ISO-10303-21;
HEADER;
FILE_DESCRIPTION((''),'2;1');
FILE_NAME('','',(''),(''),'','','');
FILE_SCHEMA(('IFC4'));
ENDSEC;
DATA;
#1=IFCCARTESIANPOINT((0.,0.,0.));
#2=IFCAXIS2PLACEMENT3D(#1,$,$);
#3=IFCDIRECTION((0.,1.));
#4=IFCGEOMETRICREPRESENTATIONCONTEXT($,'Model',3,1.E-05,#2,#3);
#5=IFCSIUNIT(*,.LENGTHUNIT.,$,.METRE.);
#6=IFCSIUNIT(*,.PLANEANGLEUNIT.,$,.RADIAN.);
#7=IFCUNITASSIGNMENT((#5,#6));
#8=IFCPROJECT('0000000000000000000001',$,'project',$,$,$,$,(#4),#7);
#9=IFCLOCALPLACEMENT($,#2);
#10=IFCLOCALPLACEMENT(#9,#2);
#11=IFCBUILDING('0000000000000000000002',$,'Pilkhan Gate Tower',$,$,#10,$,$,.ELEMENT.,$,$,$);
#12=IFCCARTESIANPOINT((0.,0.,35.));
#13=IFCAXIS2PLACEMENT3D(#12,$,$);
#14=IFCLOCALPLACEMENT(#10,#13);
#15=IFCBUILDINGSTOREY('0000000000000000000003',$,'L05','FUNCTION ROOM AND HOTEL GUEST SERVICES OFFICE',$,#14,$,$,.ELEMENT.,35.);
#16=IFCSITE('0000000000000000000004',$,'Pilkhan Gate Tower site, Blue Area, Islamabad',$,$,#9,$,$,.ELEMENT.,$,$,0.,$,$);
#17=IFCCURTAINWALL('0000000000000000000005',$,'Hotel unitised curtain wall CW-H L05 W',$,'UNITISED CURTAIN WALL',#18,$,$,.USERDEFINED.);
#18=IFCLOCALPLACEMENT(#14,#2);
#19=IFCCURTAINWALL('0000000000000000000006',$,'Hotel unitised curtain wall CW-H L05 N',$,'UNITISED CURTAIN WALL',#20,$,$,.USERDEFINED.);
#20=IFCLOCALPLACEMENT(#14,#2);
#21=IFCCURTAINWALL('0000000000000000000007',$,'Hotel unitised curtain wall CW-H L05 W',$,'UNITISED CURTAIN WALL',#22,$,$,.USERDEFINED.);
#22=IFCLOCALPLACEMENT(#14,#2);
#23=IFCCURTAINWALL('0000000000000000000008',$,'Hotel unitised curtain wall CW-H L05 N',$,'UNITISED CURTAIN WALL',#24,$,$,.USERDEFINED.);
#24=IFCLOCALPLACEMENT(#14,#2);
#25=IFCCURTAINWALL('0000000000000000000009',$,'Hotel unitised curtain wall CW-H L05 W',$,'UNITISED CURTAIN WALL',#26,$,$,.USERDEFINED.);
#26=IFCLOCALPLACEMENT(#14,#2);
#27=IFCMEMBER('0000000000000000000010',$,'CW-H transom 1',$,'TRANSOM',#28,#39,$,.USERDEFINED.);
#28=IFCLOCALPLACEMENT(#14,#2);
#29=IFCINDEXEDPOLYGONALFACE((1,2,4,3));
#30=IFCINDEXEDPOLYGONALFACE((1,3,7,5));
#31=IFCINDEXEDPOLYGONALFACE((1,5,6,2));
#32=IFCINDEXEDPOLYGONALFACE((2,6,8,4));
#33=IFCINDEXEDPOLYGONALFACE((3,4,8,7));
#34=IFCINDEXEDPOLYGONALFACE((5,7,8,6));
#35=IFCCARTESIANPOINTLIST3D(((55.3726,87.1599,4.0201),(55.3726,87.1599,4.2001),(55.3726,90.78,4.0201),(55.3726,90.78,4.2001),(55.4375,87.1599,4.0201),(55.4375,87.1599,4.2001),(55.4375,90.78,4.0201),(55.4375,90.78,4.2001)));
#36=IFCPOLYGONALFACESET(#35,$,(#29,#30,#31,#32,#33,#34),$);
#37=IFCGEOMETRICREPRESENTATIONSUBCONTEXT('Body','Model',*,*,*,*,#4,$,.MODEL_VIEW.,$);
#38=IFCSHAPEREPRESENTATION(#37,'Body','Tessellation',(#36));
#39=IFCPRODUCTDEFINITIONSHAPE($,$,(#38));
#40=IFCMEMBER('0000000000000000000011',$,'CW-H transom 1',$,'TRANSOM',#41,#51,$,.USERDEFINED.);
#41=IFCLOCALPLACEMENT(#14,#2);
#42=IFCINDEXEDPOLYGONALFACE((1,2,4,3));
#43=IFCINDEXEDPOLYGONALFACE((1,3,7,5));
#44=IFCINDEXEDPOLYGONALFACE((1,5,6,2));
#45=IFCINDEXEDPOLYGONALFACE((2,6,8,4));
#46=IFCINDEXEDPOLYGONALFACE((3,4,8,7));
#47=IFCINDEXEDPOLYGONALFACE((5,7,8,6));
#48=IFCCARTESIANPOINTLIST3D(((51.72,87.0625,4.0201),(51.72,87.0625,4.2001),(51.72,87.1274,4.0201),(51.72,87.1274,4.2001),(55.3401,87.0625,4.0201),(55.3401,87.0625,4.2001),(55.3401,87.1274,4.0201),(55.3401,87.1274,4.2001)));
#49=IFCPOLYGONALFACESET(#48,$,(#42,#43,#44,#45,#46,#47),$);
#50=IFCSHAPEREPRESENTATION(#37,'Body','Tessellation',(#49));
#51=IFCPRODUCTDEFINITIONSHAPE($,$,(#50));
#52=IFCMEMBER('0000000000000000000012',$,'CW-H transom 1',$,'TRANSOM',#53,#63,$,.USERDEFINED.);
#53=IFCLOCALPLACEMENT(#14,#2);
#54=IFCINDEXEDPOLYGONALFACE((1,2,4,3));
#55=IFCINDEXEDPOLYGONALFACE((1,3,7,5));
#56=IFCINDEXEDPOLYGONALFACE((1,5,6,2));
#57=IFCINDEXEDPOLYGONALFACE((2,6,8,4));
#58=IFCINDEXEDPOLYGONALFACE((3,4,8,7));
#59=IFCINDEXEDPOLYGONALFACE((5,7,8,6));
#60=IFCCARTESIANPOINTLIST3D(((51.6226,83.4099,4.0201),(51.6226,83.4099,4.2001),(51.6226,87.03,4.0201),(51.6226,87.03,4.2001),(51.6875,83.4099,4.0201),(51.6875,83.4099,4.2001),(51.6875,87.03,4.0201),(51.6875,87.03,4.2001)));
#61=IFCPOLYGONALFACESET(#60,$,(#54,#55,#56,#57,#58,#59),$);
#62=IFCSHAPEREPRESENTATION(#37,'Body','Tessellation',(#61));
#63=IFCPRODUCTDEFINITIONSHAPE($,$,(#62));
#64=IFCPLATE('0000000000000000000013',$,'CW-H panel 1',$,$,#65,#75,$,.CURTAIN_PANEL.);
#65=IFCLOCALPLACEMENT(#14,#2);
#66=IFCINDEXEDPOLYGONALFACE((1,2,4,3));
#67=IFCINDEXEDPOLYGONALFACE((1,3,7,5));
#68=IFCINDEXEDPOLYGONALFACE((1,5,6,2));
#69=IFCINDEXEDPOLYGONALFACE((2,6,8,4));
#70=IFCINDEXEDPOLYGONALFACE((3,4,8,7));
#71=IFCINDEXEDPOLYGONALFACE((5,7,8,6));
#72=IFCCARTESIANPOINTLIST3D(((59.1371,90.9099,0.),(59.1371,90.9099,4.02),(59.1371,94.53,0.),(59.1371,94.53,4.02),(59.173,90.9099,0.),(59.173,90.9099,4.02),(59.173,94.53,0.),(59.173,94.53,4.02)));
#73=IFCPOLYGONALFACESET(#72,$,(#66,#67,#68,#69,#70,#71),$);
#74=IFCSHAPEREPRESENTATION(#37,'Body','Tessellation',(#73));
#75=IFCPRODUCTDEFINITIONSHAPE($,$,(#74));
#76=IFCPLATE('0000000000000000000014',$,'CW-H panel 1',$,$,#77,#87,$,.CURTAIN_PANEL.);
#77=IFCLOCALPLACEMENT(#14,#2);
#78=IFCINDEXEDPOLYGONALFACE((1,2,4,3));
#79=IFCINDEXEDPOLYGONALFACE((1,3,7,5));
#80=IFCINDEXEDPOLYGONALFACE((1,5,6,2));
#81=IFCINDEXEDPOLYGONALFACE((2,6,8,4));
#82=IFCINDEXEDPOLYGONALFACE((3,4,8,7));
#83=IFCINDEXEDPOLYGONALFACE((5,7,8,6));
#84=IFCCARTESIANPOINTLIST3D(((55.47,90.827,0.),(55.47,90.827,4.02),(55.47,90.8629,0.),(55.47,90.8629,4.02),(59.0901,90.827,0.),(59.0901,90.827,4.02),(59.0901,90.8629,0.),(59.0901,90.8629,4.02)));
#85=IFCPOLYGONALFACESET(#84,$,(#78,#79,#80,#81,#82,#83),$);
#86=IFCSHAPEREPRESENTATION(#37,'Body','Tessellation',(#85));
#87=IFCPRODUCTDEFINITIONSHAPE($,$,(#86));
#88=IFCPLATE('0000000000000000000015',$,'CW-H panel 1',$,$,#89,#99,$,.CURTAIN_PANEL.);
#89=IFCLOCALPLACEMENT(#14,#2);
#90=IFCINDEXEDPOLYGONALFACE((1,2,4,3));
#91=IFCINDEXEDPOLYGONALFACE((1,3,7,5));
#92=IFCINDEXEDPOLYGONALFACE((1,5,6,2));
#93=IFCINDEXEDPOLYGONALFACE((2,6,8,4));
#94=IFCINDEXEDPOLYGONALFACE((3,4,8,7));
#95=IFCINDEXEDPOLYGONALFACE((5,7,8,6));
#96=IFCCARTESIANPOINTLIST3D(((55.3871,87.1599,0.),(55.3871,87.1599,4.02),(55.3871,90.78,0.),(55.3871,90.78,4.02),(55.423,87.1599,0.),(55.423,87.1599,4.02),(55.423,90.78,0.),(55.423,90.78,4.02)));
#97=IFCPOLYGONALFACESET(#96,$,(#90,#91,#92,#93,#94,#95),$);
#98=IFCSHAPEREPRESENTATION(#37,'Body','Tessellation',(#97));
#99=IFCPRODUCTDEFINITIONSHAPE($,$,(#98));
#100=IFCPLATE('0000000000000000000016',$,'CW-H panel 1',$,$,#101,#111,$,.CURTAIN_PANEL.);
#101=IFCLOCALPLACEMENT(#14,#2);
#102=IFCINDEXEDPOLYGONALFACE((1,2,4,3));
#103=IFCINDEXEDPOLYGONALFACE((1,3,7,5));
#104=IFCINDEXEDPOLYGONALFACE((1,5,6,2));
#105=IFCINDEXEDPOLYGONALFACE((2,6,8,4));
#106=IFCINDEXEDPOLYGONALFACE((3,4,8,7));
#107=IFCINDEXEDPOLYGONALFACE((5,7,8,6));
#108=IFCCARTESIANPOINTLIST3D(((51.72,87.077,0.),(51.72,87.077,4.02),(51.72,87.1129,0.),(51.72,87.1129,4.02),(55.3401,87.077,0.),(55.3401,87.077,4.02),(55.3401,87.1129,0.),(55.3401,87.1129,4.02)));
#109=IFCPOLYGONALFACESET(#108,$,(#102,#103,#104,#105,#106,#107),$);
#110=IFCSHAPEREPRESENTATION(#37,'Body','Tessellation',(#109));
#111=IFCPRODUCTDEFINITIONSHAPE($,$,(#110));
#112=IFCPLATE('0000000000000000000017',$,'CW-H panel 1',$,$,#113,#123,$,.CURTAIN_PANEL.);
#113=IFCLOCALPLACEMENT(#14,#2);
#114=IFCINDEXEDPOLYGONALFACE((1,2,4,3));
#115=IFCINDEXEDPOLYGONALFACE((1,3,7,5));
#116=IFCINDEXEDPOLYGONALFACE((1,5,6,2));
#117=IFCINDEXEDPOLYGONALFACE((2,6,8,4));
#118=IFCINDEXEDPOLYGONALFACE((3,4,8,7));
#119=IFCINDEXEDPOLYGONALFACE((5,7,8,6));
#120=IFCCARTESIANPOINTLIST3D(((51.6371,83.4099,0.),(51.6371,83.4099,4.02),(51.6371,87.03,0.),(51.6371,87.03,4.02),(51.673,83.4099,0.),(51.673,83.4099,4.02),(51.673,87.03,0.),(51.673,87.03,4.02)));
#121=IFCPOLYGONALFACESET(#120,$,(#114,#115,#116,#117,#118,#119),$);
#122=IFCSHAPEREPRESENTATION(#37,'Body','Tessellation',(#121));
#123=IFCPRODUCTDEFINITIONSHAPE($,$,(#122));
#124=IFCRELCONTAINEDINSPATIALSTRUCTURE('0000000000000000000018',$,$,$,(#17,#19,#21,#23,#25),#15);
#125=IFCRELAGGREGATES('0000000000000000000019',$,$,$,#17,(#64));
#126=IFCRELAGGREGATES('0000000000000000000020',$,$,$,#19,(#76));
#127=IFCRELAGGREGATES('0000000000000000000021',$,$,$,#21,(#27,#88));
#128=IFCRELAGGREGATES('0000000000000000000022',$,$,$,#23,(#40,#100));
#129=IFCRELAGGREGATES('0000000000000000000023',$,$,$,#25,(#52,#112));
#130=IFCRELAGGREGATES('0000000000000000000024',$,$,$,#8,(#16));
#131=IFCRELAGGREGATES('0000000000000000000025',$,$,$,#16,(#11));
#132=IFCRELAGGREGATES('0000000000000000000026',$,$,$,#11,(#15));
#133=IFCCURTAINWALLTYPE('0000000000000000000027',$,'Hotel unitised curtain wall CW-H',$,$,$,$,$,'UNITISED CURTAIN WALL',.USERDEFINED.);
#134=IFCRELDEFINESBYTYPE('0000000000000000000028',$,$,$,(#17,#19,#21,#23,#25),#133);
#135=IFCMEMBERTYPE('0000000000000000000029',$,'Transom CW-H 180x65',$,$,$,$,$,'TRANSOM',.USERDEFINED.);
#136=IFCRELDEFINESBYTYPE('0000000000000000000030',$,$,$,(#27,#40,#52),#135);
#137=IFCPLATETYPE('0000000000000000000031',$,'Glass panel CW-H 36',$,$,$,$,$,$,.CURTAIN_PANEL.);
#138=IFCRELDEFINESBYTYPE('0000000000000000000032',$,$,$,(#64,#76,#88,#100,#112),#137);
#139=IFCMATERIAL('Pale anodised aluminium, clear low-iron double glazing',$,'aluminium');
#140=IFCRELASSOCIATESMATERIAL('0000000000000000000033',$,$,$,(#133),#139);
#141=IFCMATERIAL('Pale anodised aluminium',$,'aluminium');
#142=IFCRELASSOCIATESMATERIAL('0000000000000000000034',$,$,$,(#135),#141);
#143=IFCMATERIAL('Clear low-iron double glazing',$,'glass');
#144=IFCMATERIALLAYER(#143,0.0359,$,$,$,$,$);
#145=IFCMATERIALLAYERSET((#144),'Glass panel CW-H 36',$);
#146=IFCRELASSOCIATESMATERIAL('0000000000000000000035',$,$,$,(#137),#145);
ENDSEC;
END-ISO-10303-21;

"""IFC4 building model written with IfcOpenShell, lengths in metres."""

from ifc_helpers import new_model, si_unit, direction, frame, origin, origin_2d, place, context, subcontext, project, spatial, rectangle, extrude, material, layer, layer_set, material_profile, profile_set, type_object, element, aggregate, save


model = new_model("IFC4")

# Units and contexts
model_context = context("Model", 3, precision=1e-05, world=origin(), true_north=direction((0.0, 1.0)))
body_context = subcontext(model_context, "Body", "Model", "MODEL_VIEW")
ifc_project = project(units=[si_unit("LENGTHUNIT", "METRE"), si_unit("PLANEANGLEUNIT", "RADIAN")], contexts=[model_context])

# Site, building, storey
site_placement = place(None, origin())
site = spatial("IfcSite", under=ifc_project, at=site_placement, Name="Pilkhan Gate Tower site, Blue Area, Islamabad", CompositionType="ELEMENT", RefElevation=0.0)
building_placement = place(site_placement, origin())
building = spatial("IfcBuilding", under=site, at=building_placement, Name="Pilkhan Gate Tower", CompositionType="ELEMENT")
storey_placement = place(building_placement, frame((0.0, 0.0, 35.0)))
storey = spatial("IfcBuildingStorey", under=building, at=storey_placement, Name="L05", Description="FUNCTION ROOM AND HOTEL GUEST SERVICES OFFICE", CompositionType="ELEMENT", Elevation=35.0)

# Shared definitions
ifc_material_1 = material(Name="Pale anodised aluminium, clear low-iron double glazing", Category="aluminium")
curtain_wall_type = type_object("IfcCurtainWallType", Name="Hotel unitised curtain wall CW-H", ElementType="UNITISED CURTAIN WALL", PredefinedType="USERDEFINED", material=ifc_material_1)
ifc_material_2 = material(Name="Pale anodised aluminium", Category="aluminium")

# Curtain walls
curtain_wall_1_placement = place(storey_placement, origin())
curtain_wall_1 = element("IfcCurtainWall", 1, at=curtain_wall_1_placement, inside=storey, type_object=curtain_wall_type, Name="Hotel unitised curtain wall CW-H L05 W", ObjectType="UNITISED CURTAIN WALL", PredefinedType="USERDEFINED")
curtain_wall_2_placement = place(storey_placement, origin())
curtain_wall_2 = element("IfcCurtainWall", 2, at=curtain_wall_2_placement, inside=storey, type_object=curtain_wall_type, Name="Hotel unitised curtain wall CW-H L05 N", ObjectType="UNITISED CURTAIN WALL", PredefinedType="USERDEFINED")
curtain_wall_3_placement = place(storey_placement, origin())
curtain_wall_3 = element("IfcCurtainWall", 3, at=curtain_wall_3_placement, inside=storey, type_object=curtain_wall_type, Name="Hotel unitised curtain wall CW-H L05 W", ObjectType="UNITISED CURTAIN WALL", PredefinedType="USERDEFINED")
curtain_wall_4_placement = place(storey_placement, origin())
curtain_wall_4 = element("IfcCurtainWall", 4, at=curtain_wall_4_placement, inside=storey, type_object=curtain_wall_type, Name="Hotel unitised curtain wall CW-H L05 N", ObjectType="UNITISED CURTAIN WALL", PredefinedType="USERDEFINED")

# Curtain wall
curtain_wall_5_placement = place(storey_placement, origin())
curtain_wall_5 = element("IfcCurtainWall", 5, at=curtain_wall_5_placement, inside=storey, type_object=curtain_wall_type, Name="Hotel unitised curtain wall CW-H L05 W", ObjectType="UNITISED CURTAIN WALL", PredefinedType="USERDEFINED")

# Members
ifc_material_profile_1 = material_profile(ifc_material_2, rectangle(XDim=0.0649, YDim=0.1799, at=origin_2d()), Name="Transom 180x65")
ifc_profile_set_1 = profile_set([ifc_material_profile_1], Name="Pale anodised aluminium")
member_type_1 = type_object("IfcMemberType", Name="Transom CW-H 180x65", ElementType="TRANSOM", PredefinedType="USERDEFINED", material=ifc_profile_set_1)
member_1_placement = place(storey_placement, frame((55.405, 87.1599, 4.1101), z_axis=(0.0, 1.0, 0.0), x_axis=(-1.0, 0.0, 0.0)))
member_1 = element("IfcMember", 6, at=member_1_placement, type_object=member_type_1, Name="CW-H transom 1", ObjectType="TRANSOM", PredefinedType="USERDEFINED", context=body_context, shape_type="SweptSolid", body=[
    extrude(rectangle(XDim=0.0649, YDim=0.1799, at=origin_2d()), origin(), (0.0, 0.0, 1.0), 3.6201),
])
member_2_placement = place(storey_placement, frame((51.72, 87.095, 4.1101), z_axis=(1.0, 0.0, 0.0), x_axis=(0.0, 1.0, 0.0)))
member_2 = element("IfcMember", 7, at=member_2_placement, type_object=member_type_1, Name="CW-H transom 1", ObjectType="TRANSOM", PredefinedType="USERDEFINED", context=body_context, shape_type="SweptSolid", body=[
    extrude(rectangle(XDim=0.0649, YDim=0.1799, at=origin_2d()), origin(), (0.0, 0.0, 1.0), 3.6201),
])
member_3_placement = place(storey_placement, frame((51.655, 83.4099, 4.1101), z_axis=(0.0, 1.0, 0.0), x_axis=(-1.0, 0.0, 0.0)))
member_3 = element("IfcMember", 8, at=member_3_placement, type_object=member_type_1, Name="CW-H transom 1", ObjectType="TRANSOM", PredefinedType="USERDEFINED", context=body_context, shape_type="SweptSolid", body=[
    extrude(rectangle(XDim=0.0649, YDim=0.1799, at=origin_2d()), origin(), (0.0, 0.0, 1.0), 3.6201),
])

# Plates
ifc_material_3 = material(Name="Clear low-iron double glazing", Category="glass")
ifc_layer = layer(ifc_material_3, 0.0359)
ifc_layer_set = layer_set([ifc_layer], Name="Glass panel CW-H 36")
plate_type = type_object("IfcPlateType", Name="Glass panel CW-H 36", PredefinedType="CURTAIN_PANEL", material=ifc_layer_set)
plate_1_placement = place(storey_placement, frame((59.155, 92.72, 0.0), z_axis=(0.0, 0.0, 1.0), x_axis=(0.0, 1.0, 0.0)))
plate_1 = element("IfcPlate", 9, at=plate_1_placement, type_object=plate_type, Name="CW-H panel 1", PredefinedType="CURTAIN_PANEL", context=body_context, shape_type="SweptSolid", body=[
    extrude(rectangle(XDim=3.6201, YDim=0.0359, at=origin_2d()), origin(), (0.0, 0.0, 1.0), 4.02),
])
aggregate(curtain_wall_1, [plate_1])
plate_2_placement = place(storey_placement, frame((57.28, 90.845, 0.0), z_axis=(0.0, 0.0, 1.0), x_axis=(1.0, 0.0, 0.0)))
plate_2 = element("IfcPlate", 10, at=plate_2_placement, type_object=plate_type, Name="CW-H panel 1", PredefinedType="CURTAIN_PANEL", context=body_context, shape_type="SweptSolid", body=[
    extrude(rectangle(XDim=3.6201, YDim=0.0359, at=origin_2d()), origin(), (0.0, 0.0, 1.0), 4.02),
])
aggregate(curtain_wall_2, [plate_2])
plate_3_placement = place(storey_placement, frame((55.405, 88.97, 0.0), z_axis=(0.0, 0.0, 1.0), x_axis=(0.0, 1.0, 0.0)))
plate_3 = element("IfcPlate", 11, at=plate_3_placement, type_object=plate_type, Name="CW-H panel 1", PredefinedType="CURTAIN_PANEL", context=body_context, shape_type="SweptSolid", body=[
    extrude(rectangle(XDim=3.6201, YDim=0.0359, at=origin_2d()), origin(), (0.0, 0.0, 1.0), 4.02),
])
aggregate(curtain_wall_3, [member_1, plate_3])
plate_4_placement = place(storey_placement, frame((53.53, 87.095, 0.0), z_axis=(0.0, 0.0, 1.0), x_axis=(1.0, 0.0, 0.0)))
plate_4 = element("IfcPlate", 12, at=plate_4_placement, type_object=plate_type, Name="CW-H panel 1", PredefinedType="CURTAIN_PANEL", context=body_context, shape_type="SweptSolid", body=[
    extrude(rectangle(XDim=3.6201, YDim=0.0359, at=origin_2d()), origin(), (0.0, 0.0, 1.0), 4.02),
])
aggregate(curtain_wall_4, [member_2, plate_4])
plate_5_placement = place(storey_placement, frame((51.655, 85.22, 0.0), z_axis=(0.0, 0.0, 1.0), x_axis=(0.0, 1.0, 0.0)))
plate_5 = element("IfcPlate", 13, at=plate_5_placement, type_object=plate_type, Name="CW-H panel 1", PredefinedType="CURTAIN_PANEL", context=body_context, shape_type="SweptSolid", body=[
    extrude(rectangle(XDim=3.6201, YDim=0.0359, at=origin_2d()), origin(), (0.0, 0.0, 1.0), 4.02),
])
aggregate(curtain_wall_5, [member_3, plate_5])

save(model, "model.ifc")
